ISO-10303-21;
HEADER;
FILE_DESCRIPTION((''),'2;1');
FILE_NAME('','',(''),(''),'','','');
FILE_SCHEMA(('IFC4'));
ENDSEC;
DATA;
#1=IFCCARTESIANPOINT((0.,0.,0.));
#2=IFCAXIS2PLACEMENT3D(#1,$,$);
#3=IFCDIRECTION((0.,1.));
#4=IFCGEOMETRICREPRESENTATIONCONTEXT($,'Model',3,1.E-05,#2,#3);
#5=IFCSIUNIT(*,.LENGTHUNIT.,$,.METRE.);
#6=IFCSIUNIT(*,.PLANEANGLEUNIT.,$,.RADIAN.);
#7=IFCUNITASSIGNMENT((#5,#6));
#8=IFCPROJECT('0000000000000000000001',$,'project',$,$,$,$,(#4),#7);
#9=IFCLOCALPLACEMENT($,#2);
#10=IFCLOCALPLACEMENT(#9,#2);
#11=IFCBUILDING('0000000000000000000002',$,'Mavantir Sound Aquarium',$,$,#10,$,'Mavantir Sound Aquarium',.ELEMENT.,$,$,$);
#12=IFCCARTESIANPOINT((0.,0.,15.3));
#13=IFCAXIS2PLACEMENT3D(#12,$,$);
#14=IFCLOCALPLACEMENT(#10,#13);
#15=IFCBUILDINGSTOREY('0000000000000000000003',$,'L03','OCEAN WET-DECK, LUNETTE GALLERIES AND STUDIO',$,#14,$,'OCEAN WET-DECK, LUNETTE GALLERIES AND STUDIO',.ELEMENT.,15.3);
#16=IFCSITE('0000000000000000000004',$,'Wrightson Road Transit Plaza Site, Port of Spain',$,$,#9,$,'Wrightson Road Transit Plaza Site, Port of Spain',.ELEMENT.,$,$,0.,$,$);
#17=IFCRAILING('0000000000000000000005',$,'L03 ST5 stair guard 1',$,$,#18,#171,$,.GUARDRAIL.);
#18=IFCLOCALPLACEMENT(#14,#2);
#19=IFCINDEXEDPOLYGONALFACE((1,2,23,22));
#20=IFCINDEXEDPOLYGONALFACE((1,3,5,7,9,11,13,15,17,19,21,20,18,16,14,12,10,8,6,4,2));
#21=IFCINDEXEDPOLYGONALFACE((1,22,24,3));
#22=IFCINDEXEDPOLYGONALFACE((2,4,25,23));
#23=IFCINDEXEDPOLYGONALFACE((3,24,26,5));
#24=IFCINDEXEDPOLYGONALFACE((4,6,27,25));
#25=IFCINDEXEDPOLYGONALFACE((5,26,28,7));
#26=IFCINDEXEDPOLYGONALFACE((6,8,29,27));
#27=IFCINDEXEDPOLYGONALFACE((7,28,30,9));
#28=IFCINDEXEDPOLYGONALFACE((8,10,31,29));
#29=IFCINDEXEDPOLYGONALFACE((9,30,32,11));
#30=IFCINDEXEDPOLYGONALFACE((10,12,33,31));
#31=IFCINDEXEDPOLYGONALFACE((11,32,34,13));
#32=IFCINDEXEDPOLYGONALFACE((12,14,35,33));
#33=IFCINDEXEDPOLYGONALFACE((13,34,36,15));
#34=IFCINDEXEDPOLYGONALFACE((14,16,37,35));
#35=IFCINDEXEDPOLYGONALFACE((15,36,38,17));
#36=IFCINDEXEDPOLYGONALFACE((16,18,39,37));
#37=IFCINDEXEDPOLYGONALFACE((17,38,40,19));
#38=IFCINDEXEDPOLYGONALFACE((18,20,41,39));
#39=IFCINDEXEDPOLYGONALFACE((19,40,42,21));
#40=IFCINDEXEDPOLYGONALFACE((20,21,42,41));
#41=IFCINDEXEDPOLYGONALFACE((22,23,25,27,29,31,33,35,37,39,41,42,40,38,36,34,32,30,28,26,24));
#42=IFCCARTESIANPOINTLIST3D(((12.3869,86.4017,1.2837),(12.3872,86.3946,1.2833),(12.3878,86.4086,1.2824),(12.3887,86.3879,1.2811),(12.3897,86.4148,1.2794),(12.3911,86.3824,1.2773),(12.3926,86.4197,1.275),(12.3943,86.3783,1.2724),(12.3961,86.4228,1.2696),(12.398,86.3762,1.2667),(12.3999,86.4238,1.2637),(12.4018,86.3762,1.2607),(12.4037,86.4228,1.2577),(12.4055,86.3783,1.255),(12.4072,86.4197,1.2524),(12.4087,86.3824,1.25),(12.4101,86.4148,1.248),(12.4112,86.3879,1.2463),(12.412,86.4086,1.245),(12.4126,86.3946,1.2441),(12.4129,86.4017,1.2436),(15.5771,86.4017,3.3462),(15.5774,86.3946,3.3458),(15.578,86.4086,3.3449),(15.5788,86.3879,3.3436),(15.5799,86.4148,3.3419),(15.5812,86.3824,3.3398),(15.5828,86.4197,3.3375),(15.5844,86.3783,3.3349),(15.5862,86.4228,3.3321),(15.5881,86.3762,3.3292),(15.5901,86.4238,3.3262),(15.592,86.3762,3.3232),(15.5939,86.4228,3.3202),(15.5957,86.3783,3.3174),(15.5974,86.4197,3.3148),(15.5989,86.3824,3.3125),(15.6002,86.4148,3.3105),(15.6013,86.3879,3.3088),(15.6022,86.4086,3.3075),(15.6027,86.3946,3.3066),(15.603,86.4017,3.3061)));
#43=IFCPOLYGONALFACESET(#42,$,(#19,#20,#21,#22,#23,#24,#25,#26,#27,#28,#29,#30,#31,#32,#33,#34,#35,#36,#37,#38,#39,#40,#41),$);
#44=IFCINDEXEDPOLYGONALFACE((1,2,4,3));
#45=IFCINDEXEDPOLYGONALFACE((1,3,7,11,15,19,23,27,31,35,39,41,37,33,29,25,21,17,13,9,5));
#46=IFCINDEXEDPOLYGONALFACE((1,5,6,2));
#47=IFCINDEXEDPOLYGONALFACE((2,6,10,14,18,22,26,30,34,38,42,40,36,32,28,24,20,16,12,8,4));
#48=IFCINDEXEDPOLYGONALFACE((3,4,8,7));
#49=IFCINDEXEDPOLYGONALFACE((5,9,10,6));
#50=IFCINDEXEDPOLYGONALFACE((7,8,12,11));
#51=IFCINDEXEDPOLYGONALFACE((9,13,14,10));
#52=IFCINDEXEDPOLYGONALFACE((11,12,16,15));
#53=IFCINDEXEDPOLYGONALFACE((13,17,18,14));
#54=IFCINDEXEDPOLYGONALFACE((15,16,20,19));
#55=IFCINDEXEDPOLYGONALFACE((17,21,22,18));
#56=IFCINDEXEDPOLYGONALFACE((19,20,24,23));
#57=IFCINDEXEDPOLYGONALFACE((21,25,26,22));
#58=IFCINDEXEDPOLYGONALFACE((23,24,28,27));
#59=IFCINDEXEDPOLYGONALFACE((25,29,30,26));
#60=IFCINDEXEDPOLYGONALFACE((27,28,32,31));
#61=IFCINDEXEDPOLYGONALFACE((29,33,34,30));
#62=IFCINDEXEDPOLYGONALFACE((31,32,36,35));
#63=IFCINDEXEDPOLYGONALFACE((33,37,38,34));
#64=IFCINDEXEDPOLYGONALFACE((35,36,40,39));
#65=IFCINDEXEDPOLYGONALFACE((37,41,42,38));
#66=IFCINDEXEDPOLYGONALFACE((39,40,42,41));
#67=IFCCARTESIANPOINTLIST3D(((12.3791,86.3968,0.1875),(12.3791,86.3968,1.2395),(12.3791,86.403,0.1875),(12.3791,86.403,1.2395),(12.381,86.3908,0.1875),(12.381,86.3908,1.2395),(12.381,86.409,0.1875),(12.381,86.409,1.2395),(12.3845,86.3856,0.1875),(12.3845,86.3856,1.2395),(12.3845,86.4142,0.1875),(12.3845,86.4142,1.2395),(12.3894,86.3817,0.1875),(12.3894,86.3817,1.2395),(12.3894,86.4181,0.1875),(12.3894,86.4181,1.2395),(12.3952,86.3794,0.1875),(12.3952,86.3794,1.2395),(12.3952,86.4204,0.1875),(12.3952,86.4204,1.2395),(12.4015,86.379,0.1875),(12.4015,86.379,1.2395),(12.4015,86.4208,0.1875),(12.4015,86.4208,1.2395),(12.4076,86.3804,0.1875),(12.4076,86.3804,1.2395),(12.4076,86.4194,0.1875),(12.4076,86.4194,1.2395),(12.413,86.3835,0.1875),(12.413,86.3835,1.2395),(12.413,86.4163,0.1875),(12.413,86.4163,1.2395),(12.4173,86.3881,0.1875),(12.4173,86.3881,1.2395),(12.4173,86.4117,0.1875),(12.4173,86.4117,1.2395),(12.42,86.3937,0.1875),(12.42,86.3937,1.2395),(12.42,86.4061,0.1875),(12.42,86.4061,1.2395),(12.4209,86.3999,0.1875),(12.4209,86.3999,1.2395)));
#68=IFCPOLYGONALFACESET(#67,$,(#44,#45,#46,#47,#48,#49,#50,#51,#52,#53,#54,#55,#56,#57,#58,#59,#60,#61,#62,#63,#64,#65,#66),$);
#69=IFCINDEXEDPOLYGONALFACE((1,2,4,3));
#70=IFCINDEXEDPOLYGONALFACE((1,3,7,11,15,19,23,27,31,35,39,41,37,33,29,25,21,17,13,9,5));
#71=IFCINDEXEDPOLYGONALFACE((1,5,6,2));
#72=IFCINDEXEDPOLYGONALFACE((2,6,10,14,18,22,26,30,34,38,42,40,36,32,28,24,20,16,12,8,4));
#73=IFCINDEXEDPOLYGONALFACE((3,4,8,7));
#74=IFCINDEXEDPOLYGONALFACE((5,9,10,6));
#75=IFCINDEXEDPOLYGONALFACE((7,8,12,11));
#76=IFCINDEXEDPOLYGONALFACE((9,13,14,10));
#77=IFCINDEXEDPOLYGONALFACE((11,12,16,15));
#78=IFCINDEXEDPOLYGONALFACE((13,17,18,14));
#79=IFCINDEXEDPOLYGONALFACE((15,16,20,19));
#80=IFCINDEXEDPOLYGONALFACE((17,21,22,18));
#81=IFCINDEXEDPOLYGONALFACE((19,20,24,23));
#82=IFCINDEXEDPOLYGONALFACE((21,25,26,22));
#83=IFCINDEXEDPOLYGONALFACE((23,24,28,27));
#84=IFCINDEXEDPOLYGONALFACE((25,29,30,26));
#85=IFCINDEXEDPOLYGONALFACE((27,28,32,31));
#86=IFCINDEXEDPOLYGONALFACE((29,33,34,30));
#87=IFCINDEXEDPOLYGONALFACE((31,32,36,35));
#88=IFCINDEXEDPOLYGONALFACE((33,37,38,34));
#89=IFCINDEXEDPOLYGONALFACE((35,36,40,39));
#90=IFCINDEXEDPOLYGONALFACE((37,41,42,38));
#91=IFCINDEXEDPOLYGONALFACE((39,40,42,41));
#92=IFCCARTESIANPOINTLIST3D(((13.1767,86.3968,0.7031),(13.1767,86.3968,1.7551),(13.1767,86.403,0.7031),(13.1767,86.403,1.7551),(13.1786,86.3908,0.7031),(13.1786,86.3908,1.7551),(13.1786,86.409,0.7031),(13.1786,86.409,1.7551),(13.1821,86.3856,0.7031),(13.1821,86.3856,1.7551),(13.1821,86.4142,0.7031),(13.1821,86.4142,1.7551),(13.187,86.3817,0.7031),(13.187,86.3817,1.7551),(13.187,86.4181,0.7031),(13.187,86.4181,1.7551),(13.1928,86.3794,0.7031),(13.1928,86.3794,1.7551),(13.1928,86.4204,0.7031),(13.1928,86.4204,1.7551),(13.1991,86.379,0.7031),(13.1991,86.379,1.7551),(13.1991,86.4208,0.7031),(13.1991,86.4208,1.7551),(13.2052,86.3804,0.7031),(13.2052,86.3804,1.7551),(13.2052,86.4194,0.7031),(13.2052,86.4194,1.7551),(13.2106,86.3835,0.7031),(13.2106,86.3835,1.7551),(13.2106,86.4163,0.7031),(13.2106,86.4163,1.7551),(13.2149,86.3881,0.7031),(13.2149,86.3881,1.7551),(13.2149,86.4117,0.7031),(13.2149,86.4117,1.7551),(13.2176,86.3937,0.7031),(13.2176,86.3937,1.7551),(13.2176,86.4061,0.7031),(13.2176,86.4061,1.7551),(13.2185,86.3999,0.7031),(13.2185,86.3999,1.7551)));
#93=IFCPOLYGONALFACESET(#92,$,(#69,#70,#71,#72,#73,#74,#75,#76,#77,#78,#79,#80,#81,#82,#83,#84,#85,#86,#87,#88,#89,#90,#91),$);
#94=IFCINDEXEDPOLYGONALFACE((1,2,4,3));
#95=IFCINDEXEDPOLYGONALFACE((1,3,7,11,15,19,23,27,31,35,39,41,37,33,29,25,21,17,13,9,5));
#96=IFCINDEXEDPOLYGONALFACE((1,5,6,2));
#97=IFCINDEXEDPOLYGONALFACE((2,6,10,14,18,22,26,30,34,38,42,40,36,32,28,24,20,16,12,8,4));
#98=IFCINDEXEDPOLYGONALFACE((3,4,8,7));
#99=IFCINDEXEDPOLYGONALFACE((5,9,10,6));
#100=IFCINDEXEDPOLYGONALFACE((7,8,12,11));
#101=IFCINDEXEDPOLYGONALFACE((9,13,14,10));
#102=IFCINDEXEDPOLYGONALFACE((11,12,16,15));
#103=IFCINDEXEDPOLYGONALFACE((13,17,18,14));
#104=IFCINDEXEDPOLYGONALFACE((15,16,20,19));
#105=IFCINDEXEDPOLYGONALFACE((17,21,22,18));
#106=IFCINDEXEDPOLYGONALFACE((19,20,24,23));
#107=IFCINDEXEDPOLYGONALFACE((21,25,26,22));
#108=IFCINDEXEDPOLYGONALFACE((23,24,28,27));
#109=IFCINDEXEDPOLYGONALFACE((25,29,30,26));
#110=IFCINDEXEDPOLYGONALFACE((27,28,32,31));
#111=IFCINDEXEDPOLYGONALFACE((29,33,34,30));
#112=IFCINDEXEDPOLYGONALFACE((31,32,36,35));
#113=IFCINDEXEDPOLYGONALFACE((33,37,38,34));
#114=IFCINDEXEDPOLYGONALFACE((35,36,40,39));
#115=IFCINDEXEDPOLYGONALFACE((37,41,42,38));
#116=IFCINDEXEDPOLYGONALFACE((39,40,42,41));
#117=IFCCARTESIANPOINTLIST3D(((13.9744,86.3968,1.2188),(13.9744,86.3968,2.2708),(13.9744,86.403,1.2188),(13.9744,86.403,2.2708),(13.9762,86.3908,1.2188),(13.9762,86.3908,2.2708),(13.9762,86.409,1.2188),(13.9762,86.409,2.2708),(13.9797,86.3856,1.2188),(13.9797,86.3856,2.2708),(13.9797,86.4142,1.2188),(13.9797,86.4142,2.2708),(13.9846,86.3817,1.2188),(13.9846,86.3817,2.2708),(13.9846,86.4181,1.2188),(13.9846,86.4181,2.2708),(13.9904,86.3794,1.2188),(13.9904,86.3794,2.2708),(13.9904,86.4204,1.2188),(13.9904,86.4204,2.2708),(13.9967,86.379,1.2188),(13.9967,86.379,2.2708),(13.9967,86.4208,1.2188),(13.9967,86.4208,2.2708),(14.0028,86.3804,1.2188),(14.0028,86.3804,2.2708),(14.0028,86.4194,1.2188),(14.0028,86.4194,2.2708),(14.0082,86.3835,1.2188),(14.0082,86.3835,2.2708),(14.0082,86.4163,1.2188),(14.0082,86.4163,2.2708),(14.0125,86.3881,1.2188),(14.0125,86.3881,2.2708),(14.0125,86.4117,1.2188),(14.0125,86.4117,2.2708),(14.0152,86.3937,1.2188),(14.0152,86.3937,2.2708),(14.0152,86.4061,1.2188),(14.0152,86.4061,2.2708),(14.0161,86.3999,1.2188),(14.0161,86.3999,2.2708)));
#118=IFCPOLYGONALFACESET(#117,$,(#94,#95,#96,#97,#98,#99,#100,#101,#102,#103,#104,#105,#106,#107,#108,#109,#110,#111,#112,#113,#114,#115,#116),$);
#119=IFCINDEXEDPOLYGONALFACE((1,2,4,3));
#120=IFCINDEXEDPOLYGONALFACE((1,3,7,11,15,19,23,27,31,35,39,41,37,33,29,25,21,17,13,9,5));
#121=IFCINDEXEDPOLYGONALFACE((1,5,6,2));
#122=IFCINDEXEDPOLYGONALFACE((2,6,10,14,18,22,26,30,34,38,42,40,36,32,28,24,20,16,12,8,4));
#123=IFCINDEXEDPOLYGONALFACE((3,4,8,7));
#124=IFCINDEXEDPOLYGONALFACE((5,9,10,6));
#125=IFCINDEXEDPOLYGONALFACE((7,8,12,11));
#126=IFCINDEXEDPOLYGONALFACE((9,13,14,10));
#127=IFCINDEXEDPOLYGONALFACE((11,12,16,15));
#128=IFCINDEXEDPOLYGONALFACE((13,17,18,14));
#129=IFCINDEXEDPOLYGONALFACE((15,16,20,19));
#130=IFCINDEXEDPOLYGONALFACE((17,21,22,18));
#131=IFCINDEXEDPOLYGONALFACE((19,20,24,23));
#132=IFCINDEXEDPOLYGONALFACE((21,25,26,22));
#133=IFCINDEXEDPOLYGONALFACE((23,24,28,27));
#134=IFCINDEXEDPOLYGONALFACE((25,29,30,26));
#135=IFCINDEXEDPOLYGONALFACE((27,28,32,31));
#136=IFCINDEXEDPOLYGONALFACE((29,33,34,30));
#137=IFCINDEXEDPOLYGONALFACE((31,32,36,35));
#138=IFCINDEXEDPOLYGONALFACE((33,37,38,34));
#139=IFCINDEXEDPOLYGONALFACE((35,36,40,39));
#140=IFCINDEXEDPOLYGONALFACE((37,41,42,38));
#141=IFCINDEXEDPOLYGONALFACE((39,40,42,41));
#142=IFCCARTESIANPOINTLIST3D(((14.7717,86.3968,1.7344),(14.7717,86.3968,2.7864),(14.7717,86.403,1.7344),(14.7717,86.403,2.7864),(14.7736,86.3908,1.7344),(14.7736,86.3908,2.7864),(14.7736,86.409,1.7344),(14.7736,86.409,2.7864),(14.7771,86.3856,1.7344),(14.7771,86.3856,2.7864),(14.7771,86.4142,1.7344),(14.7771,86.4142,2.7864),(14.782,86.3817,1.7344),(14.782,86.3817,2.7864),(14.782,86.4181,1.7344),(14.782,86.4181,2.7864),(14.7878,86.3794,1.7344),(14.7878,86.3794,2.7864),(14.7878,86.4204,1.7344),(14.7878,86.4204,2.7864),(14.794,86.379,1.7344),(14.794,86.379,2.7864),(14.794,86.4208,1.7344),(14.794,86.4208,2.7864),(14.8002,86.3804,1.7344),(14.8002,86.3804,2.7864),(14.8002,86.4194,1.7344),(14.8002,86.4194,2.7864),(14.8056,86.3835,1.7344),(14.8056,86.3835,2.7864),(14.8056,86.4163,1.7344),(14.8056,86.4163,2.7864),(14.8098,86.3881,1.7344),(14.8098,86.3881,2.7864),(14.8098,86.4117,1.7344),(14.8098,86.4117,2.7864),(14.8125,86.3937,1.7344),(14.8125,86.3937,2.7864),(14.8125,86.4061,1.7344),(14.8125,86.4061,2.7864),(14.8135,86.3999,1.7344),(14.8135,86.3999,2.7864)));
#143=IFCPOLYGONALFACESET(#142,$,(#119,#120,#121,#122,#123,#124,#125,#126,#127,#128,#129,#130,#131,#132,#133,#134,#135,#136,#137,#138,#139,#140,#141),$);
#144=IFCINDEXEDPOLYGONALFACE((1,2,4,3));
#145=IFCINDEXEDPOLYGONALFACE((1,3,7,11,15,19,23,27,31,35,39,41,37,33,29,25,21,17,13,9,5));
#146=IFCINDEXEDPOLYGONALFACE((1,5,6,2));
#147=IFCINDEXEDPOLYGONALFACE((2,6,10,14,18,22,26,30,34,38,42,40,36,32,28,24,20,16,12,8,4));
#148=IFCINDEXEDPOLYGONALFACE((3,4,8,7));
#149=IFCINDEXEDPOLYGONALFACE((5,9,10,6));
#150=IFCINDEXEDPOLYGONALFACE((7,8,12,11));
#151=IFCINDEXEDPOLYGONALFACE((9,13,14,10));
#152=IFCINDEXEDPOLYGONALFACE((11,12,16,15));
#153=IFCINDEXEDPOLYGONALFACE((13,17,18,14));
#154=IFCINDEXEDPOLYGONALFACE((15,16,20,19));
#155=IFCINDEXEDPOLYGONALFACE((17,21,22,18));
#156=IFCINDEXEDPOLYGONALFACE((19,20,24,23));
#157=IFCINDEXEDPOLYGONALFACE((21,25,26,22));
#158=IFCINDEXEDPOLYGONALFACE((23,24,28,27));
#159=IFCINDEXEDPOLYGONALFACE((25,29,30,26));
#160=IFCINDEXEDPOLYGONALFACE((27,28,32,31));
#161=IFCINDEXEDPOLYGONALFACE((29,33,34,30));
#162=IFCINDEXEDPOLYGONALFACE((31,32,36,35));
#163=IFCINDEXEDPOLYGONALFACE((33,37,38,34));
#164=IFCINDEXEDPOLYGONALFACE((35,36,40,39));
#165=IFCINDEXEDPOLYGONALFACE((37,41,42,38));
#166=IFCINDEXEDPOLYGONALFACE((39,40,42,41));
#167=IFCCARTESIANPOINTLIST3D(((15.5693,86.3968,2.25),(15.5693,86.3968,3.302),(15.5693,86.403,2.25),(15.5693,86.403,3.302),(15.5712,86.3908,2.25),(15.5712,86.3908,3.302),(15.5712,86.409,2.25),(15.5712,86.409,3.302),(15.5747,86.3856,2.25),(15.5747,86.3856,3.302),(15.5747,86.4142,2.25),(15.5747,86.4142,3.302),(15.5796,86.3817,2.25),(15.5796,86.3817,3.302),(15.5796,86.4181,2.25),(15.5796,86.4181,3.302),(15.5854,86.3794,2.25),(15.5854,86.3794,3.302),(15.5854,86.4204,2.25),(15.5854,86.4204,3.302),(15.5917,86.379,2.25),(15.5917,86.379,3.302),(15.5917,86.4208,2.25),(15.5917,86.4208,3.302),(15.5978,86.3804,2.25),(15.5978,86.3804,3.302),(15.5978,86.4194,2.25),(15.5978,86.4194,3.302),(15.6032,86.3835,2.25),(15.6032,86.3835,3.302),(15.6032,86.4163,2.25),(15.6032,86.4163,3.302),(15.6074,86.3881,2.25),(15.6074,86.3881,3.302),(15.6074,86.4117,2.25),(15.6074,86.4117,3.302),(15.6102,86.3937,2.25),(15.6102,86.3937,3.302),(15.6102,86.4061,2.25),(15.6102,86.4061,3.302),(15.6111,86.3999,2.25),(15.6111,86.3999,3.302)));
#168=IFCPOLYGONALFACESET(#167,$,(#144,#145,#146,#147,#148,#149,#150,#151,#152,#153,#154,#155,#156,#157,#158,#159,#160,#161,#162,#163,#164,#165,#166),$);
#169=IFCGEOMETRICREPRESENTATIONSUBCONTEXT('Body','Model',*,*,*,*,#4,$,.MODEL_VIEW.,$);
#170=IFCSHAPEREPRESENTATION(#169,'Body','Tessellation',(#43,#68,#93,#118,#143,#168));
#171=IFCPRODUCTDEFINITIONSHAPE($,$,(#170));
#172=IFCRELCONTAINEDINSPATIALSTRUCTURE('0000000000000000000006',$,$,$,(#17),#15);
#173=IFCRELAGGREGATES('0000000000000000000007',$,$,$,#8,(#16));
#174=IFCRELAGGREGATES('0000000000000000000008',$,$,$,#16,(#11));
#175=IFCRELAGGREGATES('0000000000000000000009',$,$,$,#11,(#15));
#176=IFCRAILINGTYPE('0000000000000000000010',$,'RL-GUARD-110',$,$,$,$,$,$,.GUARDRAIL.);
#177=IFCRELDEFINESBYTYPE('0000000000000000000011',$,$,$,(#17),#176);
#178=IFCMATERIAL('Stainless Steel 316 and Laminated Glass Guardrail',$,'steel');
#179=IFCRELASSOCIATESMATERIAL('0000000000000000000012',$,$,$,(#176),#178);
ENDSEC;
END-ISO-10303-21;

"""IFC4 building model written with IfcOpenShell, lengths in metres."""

from ifc_helpers import new_model, si_unit, direction, frame, origin, origin_2d, place, context, subcontext, project, spatial, circle, extrude, material, type_object, element, save


model = new_model("IFC4")

# Units and contexts
model_context = context("Model", 3, precision=1e-05, world=origin(), true_north=direction((0.0, 1.0)))
body_context = subcontext(model_context, "Body", "Model", "MODEL_VIEW")
ifc_project = project(units=[si_unit("LENGTHUNIT", "METRE"), si_unit("PLANEANGLEUNIT", "RADIAN")], contexts=[model_context])

# Site, building, storey
site_placement = place(None, origin())
site = spatial("IfcSite", under=ifc_project, at=site_placement, Name="Wrightson Road Transit Plaza Site, Port of Spain", LongName="Wrightson Road Transit Plaza Site, Port of Spain", CompositionType="ELEMENT", RefElevation=0.0)
building_placement = place(site_placement, origin())
building = spatial("IfcBuilding", under=site, at=building_placement, Name="Mavantir Sound Aquarium", LongName="Mavantir Sound Aquarium", CompositionType="ELEMENT")
storey_placement = place(building_placement, frame((0.0, 0.0, 15.3)))
storey = spatial("IfcBuildingStorey", under=building, at=storey_placement, Name="L03", Description="OCEAN WET-DECK, LUNETTE GALLERIES AND STUDIO", LongName="OCEAN WET-DECK, LUNETTE GALLERIES AND STUDIO", CompositionType="ELEMENT", Elevation=15.3)

# Railing
ifc_material_1 = material(Name="Stainless Steel 316 and Laminated Glass Guardrail", Category="steel")
railing_type_1 = type_object("IfcRailingType", Name="RL-GUARD-110", PredefinedType="GUARDRAIL", material=ifc_material_1)
railing_1_placement = place(storey_placement, frame((12.3999, 86.3999, 0.1875)))
element("IfcRailing", 1, at=railing_1_placement, inside=storey, type_object=railing_type_1, Name="L03 ST5 stair guard 1", PredefinedType="GUARDRAIL", context=body_context, shape_type="SweptSolid", body=[
    extrude(circle(Radius=0.0239, at=origin_2d()), frame((0.0, 0.0, 1.0762), z_axis=(0.839779, 0.0, 0.542929), x_axis=(0.0, 1.0, 0.0)), (0.0, 0.0, 1.0), 3.7988),
    extrude(circle(Radius=0.021, at=origin_2d()), origin(), (0.0, 0.0, 1.0), 1.052),
    extrude(circle(Radius=0.021, at=origin_2d()), frame((0.7976, 0.0, 0.5156)), (0.0, 0.0, 1.0), 1.052),
    extrude(circle(Radius=0.021, at=origin_2d()), frame((1.5952, 0.0, 1.0312)), (0.0, 0.0, 1.0), 1.052),
    extrude(circle(Radius=0.021, at=origin_2d()), frame((2.3926, 0.0, 1.5469)), (0.0, 0.0, 1.0), 1.052),
    extrude(circle(Radius=0.021, at=origin_2d()), frame((3.1902, 0.0, 2.0625)), (0.0, 0.0, 1.0), 1.052),
])

save(model, "model.ifc")
